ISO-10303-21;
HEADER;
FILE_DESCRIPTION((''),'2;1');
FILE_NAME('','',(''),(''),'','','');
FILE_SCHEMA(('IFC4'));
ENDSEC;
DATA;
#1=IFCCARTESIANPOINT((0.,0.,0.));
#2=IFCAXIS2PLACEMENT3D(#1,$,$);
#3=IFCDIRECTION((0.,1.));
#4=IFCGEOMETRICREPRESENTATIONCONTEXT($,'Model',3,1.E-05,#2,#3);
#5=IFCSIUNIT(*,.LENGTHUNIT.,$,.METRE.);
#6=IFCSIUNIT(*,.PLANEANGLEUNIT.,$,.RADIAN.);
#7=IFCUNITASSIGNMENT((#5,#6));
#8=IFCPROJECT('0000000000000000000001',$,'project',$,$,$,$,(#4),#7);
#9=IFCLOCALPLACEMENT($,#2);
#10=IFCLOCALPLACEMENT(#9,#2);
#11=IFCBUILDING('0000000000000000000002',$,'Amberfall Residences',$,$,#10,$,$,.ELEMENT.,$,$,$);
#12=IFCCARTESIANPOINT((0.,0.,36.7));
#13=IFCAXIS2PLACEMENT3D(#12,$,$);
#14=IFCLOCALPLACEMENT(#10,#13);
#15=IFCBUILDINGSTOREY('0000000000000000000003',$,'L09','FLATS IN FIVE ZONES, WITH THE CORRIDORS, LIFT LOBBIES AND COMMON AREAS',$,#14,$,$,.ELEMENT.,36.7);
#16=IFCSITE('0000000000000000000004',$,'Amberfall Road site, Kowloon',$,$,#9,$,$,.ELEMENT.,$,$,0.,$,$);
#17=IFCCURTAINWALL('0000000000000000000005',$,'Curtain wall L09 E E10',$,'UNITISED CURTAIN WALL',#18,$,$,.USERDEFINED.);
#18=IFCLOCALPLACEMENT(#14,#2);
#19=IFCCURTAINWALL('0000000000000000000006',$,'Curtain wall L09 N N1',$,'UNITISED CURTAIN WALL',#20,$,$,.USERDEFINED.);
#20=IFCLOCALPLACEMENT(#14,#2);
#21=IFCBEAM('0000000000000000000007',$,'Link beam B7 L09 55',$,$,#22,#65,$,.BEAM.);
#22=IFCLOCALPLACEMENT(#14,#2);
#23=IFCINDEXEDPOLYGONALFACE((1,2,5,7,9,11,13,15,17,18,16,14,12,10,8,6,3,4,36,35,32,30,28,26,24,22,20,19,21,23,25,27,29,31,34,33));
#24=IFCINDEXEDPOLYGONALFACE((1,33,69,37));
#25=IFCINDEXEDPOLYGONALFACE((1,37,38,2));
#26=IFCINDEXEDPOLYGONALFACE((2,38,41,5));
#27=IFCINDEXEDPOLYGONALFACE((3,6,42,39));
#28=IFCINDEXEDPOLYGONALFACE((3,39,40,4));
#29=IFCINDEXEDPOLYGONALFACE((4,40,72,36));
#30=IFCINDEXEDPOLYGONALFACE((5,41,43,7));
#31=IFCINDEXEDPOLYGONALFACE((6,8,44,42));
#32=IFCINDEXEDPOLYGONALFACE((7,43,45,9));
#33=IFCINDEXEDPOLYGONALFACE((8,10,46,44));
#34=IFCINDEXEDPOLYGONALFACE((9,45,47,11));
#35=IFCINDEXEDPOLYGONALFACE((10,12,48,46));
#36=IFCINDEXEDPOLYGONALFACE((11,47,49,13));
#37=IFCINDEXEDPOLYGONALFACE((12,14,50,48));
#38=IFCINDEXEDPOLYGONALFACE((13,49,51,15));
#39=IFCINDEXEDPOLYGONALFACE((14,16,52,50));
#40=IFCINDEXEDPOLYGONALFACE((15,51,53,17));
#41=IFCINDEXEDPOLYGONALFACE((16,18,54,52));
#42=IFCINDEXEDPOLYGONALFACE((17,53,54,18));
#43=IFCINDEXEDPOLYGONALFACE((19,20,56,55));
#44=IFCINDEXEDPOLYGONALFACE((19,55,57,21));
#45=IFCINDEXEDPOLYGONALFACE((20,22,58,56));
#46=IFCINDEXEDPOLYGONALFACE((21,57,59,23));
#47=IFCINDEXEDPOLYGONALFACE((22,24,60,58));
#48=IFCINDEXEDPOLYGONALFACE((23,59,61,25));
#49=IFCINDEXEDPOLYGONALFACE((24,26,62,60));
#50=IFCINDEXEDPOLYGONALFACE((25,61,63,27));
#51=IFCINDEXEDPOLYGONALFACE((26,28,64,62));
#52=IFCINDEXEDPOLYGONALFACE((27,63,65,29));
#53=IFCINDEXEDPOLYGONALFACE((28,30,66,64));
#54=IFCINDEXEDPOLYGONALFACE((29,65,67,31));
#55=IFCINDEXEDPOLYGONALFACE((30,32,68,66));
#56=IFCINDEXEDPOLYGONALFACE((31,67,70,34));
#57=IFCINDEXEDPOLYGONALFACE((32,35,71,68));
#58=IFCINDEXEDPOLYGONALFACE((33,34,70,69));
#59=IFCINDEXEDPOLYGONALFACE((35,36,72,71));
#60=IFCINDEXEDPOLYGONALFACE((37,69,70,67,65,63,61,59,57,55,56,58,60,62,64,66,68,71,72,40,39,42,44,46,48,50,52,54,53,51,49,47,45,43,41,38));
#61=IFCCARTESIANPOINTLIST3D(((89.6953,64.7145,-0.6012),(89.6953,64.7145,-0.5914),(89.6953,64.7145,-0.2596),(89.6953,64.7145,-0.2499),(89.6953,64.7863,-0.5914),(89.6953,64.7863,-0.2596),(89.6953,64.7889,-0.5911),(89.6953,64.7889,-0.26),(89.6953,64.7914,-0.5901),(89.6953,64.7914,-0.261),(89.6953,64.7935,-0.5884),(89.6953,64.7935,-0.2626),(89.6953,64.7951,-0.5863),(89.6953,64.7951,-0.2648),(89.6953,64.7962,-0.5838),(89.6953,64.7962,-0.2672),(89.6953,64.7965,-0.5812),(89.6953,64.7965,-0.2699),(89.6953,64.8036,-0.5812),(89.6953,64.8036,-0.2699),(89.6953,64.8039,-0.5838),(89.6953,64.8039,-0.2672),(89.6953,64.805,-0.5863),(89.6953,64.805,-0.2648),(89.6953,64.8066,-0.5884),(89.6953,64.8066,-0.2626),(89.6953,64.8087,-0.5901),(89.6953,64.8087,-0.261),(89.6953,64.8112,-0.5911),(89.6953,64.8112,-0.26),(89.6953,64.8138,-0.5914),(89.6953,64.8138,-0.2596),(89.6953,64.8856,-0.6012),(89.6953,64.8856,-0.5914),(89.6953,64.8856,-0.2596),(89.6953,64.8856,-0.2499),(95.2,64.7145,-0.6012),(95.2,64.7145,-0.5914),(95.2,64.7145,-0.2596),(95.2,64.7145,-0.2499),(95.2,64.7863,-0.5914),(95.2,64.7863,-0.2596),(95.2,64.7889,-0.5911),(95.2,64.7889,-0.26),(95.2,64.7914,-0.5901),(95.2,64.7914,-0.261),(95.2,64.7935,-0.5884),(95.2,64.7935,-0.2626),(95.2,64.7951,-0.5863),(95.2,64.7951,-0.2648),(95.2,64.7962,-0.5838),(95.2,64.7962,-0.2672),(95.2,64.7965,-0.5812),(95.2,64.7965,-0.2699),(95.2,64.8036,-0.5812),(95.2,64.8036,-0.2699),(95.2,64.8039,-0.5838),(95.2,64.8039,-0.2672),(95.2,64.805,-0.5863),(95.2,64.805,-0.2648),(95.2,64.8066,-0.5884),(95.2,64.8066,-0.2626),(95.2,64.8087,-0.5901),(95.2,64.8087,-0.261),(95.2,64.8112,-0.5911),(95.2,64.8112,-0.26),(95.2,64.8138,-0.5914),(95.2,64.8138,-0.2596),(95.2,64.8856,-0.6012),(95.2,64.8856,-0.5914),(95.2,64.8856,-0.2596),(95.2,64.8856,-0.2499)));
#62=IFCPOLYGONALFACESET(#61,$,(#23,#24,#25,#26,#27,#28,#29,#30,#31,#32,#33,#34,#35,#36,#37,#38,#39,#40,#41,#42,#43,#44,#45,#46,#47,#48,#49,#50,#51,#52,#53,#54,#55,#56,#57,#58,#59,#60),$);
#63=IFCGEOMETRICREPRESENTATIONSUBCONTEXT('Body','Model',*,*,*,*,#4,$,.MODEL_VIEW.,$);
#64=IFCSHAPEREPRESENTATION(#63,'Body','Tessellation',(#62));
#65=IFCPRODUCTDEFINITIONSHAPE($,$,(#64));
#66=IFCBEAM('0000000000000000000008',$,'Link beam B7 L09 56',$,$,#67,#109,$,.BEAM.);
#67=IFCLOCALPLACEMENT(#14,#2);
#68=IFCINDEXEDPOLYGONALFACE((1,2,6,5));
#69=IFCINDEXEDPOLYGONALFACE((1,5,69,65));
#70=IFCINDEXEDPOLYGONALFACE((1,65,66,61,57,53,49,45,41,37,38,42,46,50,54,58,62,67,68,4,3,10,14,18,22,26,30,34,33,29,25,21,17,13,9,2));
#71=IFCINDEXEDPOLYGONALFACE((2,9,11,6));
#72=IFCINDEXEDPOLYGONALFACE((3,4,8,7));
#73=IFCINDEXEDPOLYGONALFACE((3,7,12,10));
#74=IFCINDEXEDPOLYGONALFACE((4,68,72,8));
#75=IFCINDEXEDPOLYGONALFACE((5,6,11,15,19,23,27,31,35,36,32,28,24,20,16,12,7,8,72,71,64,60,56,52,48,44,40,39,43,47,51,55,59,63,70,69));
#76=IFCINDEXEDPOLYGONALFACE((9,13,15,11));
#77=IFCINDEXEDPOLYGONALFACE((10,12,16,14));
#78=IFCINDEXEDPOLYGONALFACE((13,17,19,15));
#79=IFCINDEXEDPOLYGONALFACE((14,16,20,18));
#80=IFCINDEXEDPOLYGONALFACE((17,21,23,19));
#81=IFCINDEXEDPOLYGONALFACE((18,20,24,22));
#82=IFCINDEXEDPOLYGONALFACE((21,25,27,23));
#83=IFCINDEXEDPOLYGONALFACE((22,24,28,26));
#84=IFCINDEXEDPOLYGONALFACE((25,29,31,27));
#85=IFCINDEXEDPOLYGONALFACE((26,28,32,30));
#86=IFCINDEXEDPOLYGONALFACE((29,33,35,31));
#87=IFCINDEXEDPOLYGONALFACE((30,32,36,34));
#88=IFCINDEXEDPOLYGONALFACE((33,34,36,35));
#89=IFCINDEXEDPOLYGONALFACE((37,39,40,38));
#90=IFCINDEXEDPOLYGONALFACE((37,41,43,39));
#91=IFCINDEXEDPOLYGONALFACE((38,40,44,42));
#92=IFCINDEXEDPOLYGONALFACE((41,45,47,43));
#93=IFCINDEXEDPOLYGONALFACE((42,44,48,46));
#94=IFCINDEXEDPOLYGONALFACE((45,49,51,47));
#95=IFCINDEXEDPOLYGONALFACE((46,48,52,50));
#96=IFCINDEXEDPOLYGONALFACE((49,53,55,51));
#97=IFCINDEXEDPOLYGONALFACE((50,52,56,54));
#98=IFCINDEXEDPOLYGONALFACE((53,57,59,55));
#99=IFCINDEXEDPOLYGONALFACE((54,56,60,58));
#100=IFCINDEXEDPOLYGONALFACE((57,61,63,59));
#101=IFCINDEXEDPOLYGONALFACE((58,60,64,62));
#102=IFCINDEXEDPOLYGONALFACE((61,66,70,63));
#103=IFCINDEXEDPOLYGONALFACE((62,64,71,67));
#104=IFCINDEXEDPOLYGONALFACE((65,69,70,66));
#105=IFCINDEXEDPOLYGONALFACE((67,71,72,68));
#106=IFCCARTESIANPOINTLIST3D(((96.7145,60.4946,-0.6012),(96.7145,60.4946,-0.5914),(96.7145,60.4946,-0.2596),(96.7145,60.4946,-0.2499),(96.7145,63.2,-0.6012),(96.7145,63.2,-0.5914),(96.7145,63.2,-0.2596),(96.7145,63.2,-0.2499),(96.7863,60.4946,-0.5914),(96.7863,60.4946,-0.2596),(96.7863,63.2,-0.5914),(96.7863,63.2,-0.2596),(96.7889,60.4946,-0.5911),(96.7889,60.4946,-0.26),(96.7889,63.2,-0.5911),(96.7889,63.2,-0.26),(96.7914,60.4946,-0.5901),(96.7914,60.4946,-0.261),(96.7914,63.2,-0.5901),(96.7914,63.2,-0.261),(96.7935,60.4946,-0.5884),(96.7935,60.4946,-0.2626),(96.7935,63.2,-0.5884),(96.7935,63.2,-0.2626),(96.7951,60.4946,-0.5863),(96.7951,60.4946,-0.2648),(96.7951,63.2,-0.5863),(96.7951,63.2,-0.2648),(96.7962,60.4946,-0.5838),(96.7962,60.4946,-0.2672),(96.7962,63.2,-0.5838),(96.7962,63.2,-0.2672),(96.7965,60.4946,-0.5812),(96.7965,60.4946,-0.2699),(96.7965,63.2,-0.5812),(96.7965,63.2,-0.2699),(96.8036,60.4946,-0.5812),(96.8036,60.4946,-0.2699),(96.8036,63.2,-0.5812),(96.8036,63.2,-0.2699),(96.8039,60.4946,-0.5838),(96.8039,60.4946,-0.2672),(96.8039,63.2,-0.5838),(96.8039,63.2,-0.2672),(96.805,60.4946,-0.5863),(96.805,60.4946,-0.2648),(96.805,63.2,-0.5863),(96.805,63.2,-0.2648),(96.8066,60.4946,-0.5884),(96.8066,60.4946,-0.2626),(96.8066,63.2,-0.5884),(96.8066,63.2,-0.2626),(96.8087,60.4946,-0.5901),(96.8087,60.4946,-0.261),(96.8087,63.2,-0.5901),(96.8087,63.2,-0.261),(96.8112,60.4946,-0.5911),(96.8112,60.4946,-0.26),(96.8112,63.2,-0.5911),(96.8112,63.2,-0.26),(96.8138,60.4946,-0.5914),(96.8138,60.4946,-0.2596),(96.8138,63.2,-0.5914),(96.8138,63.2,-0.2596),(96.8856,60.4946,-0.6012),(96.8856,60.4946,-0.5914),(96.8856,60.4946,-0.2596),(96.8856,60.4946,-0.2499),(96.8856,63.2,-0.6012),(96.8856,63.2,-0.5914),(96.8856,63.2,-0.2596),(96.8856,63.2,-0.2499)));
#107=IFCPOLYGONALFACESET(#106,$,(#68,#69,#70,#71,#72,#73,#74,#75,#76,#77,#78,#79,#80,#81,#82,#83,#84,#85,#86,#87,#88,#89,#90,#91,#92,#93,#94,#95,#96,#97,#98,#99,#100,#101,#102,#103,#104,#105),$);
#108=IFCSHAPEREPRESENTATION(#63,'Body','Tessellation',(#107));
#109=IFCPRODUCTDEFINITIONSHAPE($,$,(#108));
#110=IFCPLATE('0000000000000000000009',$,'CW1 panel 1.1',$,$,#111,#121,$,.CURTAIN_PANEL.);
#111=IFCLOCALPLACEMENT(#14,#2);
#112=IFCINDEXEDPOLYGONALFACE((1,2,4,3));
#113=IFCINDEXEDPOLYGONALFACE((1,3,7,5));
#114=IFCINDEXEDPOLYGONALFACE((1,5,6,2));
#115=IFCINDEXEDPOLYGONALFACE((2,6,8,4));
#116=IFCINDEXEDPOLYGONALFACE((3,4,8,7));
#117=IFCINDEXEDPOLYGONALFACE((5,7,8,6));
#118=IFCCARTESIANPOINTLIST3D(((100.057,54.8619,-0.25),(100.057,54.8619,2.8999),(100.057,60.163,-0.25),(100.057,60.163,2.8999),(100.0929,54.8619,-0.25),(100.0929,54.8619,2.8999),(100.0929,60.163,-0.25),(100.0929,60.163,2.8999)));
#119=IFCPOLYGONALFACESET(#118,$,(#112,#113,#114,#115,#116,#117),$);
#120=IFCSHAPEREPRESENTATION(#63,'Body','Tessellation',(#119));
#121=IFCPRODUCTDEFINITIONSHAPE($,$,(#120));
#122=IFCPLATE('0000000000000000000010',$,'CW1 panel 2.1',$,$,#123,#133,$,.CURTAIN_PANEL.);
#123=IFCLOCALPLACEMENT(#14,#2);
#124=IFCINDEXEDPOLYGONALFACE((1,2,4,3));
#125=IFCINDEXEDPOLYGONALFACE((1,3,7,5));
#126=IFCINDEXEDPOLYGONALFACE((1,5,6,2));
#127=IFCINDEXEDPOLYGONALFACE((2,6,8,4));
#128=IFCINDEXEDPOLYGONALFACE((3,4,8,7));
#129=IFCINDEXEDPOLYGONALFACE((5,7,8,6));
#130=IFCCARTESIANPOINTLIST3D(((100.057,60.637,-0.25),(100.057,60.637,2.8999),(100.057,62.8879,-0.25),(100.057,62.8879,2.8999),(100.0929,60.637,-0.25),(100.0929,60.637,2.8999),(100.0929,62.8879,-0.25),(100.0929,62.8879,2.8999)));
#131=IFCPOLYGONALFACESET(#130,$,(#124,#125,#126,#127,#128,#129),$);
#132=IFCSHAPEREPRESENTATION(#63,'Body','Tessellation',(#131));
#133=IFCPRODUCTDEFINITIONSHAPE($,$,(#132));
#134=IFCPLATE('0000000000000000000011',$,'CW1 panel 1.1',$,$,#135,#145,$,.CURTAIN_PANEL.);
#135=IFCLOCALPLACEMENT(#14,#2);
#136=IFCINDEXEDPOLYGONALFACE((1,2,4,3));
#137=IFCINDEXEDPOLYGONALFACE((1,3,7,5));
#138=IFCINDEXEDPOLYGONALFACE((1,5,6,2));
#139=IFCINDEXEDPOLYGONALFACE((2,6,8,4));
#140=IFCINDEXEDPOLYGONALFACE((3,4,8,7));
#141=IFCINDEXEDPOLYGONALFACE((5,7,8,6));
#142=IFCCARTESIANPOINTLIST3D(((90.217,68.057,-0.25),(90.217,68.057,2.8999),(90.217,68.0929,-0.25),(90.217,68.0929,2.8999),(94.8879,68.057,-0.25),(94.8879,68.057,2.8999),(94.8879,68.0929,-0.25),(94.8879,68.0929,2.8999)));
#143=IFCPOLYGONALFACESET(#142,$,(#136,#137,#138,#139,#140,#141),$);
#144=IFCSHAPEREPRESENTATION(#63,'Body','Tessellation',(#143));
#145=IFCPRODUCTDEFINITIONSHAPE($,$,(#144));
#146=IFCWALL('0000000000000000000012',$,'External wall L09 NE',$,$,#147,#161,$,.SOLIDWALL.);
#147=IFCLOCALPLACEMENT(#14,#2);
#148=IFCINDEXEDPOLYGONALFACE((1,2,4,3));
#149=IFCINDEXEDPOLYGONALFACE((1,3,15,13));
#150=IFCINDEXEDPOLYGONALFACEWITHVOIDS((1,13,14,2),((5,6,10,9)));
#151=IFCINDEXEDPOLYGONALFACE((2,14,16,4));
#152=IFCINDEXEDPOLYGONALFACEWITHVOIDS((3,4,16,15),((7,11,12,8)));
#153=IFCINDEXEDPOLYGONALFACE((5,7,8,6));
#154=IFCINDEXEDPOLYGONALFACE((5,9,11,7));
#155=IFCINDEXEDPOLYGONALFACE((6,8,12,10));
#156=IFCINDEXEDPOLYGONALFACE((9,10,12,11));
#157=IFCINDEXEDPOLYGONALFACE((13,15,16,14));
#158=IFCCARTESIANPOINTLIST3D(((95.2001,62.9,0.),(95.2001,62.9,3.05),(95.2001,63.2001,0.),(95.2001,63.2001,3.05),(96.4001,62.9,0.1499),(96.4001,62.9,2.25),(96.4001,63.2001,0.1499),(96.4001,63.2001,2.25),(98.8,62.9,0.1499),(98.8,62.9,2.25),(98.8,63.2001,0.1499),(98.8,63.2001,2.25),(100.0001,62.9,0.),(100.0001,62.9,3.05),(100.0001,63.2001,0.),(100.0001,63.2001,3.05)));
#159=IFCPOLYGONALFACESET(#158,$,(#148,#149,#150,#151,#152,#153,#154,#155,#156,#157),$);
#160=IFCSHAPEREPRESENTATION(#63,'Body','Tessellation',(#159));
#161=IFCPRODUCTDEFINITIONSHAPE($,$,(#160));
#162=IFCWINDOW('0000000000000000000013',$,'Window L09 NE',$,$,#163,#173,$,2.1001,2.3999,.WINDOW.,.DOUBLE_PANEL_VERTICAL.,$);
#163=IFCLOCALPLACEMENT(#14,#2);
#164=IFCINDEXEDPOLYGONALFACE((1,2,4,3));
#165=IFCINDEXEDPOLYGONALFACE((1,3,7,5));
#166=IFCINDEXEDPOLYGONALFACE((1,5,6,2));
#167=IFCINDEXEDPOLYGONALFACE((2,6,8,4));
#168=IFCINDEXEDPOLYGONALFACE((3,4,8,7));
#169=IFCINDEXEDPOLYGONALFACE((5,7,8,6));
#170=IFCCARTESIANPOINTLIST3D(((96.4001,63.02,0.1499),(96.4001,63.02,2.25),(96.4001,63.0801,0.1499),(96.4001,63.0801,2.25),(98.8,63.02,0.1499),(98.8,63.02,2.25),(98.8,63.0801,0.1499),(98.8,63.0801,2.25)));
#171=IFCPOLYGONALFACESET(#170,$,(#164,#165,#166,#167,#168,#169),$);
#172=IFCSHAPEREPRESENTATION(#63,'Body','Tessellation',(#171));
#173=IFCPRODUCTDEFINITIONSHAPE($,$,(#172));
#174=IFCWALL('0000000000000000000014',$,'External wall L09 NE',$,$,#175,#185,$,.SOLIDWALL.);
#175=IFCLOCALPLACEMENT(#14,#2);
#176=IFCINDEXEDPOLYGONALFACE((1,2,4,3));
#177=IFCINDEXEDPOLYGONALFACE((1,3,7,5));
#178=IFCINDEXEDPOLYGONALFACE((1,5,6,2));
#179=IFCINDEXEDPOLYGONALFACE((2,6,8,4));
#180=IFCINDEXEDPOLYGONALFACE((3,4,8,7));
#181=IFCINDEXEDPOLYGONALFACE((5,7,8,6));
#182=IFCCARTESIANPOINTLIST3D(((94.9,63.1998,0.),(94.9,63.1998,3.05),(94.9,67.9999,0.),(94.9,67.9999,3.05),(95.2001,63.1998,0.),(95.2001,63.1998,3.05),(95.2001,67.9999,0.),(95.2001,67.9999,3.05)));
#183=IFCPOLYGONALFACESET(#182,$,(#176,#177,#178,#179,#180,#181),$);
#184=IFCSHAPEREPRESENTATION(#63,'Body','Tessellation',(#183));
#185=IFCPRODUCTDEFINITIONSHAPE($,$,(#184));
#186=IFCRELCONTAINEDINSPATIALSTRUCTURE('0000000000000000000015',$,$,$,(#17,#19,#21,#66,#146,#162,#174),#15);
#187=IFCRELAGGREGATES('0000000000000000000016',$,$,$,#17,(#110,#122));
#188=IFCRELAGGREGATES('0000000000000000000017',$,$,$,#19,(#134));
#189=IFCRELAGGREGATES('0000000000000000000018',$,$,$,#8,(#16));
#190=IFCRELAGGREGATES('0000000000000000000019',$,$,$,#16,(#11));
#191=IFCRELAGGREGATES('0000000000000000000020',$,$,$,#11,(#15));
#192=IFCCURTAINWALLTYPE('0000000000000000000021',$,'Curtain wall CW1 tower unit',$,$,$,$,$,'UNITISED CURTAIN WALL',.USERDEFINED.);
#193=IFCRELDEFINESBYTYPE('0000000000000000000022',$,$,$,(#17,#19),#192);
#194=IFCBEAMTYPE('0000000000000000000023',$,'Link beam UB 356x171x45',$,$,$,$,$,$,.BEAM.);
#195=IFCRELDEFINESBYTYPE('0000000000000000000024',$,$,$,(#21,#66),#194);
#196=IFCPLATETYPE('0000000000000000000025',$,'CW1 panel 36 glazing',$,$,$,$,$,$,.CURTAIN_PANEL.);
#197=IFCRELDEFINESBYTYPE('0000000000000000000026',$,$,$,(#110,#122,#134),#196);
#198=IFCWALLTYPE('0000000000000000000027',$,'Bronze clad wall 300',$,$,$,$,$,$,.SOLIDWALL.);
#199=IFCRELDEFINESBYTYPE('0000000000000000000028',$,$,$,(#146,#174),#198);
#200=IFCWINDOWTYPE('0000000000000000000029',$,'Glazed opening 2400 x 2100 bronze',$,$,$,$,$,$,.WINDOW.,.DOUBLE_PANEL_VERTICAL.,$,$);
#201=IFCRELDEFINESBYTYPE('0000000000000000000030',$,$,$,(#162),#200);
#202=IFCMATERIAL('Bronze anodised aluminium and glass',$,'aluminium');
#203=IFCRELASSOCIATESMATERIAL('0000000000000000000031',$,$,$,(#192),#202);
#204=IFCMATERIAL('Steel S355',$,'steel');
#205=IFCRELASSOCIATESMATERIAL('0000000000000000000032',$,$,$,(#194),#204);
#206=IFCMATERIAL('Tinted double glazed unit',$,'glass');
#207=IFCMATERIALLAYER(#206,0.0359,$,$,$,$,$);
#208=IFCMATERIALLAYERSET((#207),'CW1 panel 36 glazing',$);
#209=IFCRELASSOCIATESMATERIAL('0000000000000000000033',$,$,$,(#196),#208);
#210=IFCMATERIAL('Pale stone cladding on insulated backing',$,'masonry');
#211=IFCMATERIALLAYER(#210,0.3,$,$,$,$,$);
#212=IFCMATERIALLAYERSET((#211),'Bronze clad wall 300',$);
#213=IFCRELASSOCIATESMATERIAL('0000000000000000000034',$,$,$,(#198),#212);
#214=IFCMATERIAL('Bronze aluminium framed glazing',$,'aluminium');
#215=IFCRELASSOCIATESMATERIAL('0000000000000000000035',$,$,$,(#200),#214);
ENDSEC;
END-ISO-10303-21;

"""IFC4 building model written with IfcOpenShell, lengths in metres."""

from ifc_helpers import new_model, si_unit, direction, frame, frame_2d, origin, origin_2d, place, context, subcontext, project, spatial, rectangle, i_section, extrude, material, layer, layer_set, material_profile, profile_set, type_object, element, fill, aggregate, save


model = new_model("IFC4")

# Units and contexts
model_context = context("Model", 3, precision=1e-05, world=origin(), true_north=direction((0.0, 1.0)))
body_context = subcontext(model_context, "Body", "Model", "MODEL_VIEW")
ifc_project = project(units=[si_unit("LENGTHUNIT", "METRE"), si_unit("PLANEANGLEUNIT", "RADIAN")], contexts=[model_context])

# Site, building, storey
site_placement = place(None, origin())
site = spatial("IfcSite", under=ifc_project, at=site_placement, Name="Amberfall Road site, Kowloon", CompositionType="ELEMENT", RefElevation=0.0)
building_placement = place(site_placement, origin())
building = spatial("IfcBuilding", under=site, at=building_placement, Name="Amberfall Residences", CompositionType="ELEMENT")
storey_placement = place(building_placement, frame((0.0, 0.0, 36.7)))
storey = spatial("IfcBuildingStorey", under=building, at=storey_placement, Name="L09", Description="FLATS IN FIVE ZONES, WITH THE CORRIDORS, LIFT LOBBIES AND COMMON AREAS", CompositionType="ELEMENT", Elevation=36.7)

# Curtain walls
ifc_material_1 = material(Name="Bronze anodised aluminium and glass", Category="aluminium")
curtain_wall_type = type_object("IfcCurtainWallType", Name="Curtain wall CW1 tower unit", ElementType="UNITISED CURTAIN WALL", PredefinedType="USERDEFINED", material=ifc_material_1)
curtain_wall_1_placement = place(storey_placement, origin())
curtain_wall_1 = element("IfcCurtainWall", 1, at=curtain_wall_1_placement, inside=storey, type_object=curtain_wall_type, Name="Curtain wall L09 E E10", ObjectType="UNITISED CURTAIN WALL", PredefinedType="USERDEFINED")
curtain_wall_2_placement = place(storey_placement, origin())
curtain_wall_2 = element("IfcCurtainWall", 2, at=curtain_wall_2_placement, inside=storey, type_object=curtain_wall_type, Name="Curtain wall L09 N N1", ObjectType="UNITISED CURTAIN WALL", PredefinedType="USERDEFINED")

# Beams
ifc_material_2 = material(Name="Steel S355", Category="steel")
ifc_material_profile_1 = material_profile(ifc_material_2, i_section(OverallWidth=0.1711, OverallDepth=0.3513, WebThickness=0.0071, FlangeThickness=0.0098, FilletRadius=0.0103, at=origin_2d()), Name="UB 356x171x45")
ifc_profile_set_1 = profile_set([ifc_material_profile_1], Name="Steel S355")
beam_type_1 = type_object("IfcBeamType", Name="Link beam UB 356x171x45", PredefinedType="BEAM", material=ifc_profile_set_1)
beam_1_placement = place(storey_placement, frame((95.2, 64.8, -0.4255), z_axis=(-1.0, 0.0, 0.0), x_axis=(0.0, -1.0, 0.0)))
element("IfcBeam", 3, at=beam_1_placement, inside=storey, type_object=beam_type_1, Name="Link beam B7 L09 55", PredefinedType="BEAM", context=body_context, shape_type="SweptSolid", body=[
    extrude(i_section(OverallWidth=0.1711, OverallDepth=0.3513, WebThickness=0.0071, FlangeThickness=0.0098, FilletRadius=0.0103, at=origin_2d()), origin(), (0.0, 0.0, 1.0), 5.5046),
])
beam_2_placement = place(storey_placement, frame((96.8, 63.2, -0.4255), z_axis=(0.0, -1.0, 0.0), x_axis=(1.0, 0.0, 0.0)))
element("IfcBeam", 4, at=beam_2_placement, inside=storey, type_object=beam_type_1, Name="Link beam B7 L09 56", PredefinedType="BEAM", context=body_context, shape_type="SweptSolid", body=[
    extrude(i_section(OverallWidth=0.1711, OverallDepth=0.3513, WebThickness=0.0071, FlangeThickness=0.0098, FilletRadius=0.0103, at=origin_2d()), origin(), (0.0, 0.0, 1.0), 2.7053),
])

# Plates
ifc_material_3 = material(Name="Tinted double glazed unit", Category="glass")
ifc_layer_1 = layer(ifc_material_3, 0.0359)
ifc_layer_set_1 = layer_set([ifc_layer_1], Name="CW1 panel 36 glazing")
plate_type = type_object("IfcPlateType", Name="CW1 panel 36 glazing", PredefinedType="CURTAIN_PANEL", material=ifc_layer_set_1)
plate_1_placement = place(storey_placement, frame((100.075, 57.5125, -0.25), z_axis=(0.0, 0.0, 1.0), x_axis=(0.0, 1.0, 0.0)))
plate_1 = element("IfcPlate", 5, at=plate_1_placement, type_object=plate_type, Name="CW1 panel 1.1", PredefinedType="CURTAIN_PANEL", context=body_context, shape_type="SweptSolid", body=[
    extrude(rectangle(XDim=5.301, YDim=0.0359, at=origin_2d()), origin(), (0.0, 0.0, 1.0), 3.1499),
])
plate_2_placement = place(storey_placement, frame((100.075, 61.7625, -0.25), z_axis=(0.0, 0.0, 1.0), x_axis=(0.0, 1.0, 0.0)))
plate_2 = element("IfcPlate", 6, at=plate_2_placement, type_object=plate_type, Name="CW1 panel 2.1", PredefinedType="CURTAIN_PANEL", context=body_context, shape_type="SweptSolid", body=[
    extrude(rectangle(XDim=2.251, YDim=0.0359, at=origin_2d()), origin(), (0.0, 0.0, 1.0), 3.1499),
])
aggregate(curtain_wall_1, [plate_1, plate_2])
plate_3_placement = place(storey_placement, frame((92.5525, 68.075, -0.25), z_axis=(0.0, 0.0, 1.0), x_axis=(-1.0, 0.0, 0.0)))
plate_3 = element("IfcPlate", 7, at=plate_3_placement, type_object=plate_type, Name="CW1 panel 1.1", PredefinedType="CURTAIN_PANEL", context=body_context, shape_type="SweptSolid", body=[
    extrude(rectangle(XDim=4.6709, YDim=0.0359, at=origin_2d()), origin(), (0.0, 0.0, 1.0), 3.1499),
])
aggregate(curtain_wall_2, [plate_3])

# Wall, opening, window
ifc_material_4 = material(Name="Pale stone cladding on insulated backing", Category="masonry")
ifc_layer_2 = layer(ifc_material_4, 0.3)
ifc_layer_set_2 = layer_set([ifc_layer_2], Name="Bronze clad wall 300")
wall_type_1 = type_object("IfcWallType", Name="Bronze clad wall 300", PredefinedType="SOLIDWALL", material=ifc_layer_set_2)
wall_1_placement = place(storey_placement, frame((100.0, 63.05, 0.0), z_axis=(0.0, 0.0, 1.0), x_axis=(-1.0, 0.0, 0.0)))
wall_1 = element("IfcWall", 8, at=wall_1_placement, inside=storey, type_object=wall_type_1, Name="External wall L09 NE", PredefinedType="SOLIDWALL", context=body_context, shape_type="SweptSolid", body=[
    extrude(rectangle(XDim=4.8, YDim=0.3, at=frame_2d((2.3999, 0.0))), origin(), (0.0, 0.0, 1.0), 3.05),
])
opening_1_placement = place(wall_1_placement, frame((1.2, 0.0, 0.1499)))
opening_1 = element("IfcOpeningElement", 9, at=opening_1_placement, cuts=wall_1, PredefinedType="OPENING", context=body_context, shape_type="SweptSolid", body=[
    extrude(rectangle(XDim=2.3999, YDim=2.1001, at=frame_2d((1.2, 1.05))), frame((0.0, 0.1599, 0.0), z_axis=(0.0, -1.0, 0.0), x_axis=(1.0, 0.0, 0.0)), (0.0, 0.0, 1.0), 0.3201),
])
ifc_material_5 = material(Name="Bronze aluminium framed glazing", Category="aluminium")
window_type = type_object("IfcWindowType", Name="Glazed opening 2400 x 2100 bronze", PartitioningType="DOUBLE_PANEL_VERTICAL", PredefinedType="WINDOW", material=ifc_material_5)
window_placement = place(opening_1_placement, origin())
window = element("IfcWindow", 10, at=window_placement, inside=storey, type_object=window_type, Name="Window L09 NE", OverallHeight=2.1001, OverallWidth=2.3999, PartitioningType="DOUBLE_PANEL_VERTICAL", PredefinedType="WINDOW", context=body_context, shape_type="SweptSolid", body=[
    extrude(rectangle(XDim=2.3999, YDim=2.1001, at=frame_2d((1.2, 1.05))), frame((0.0, 0.03, 0.0), z_axis=(0.0, -1.0, 0.0), x_axis=(1.0, 0.0, 0.0)), (0.0, 0.0, 1.0), 0.0601),
])
fill(opening_1, window)

# Wall
wall_2_placement = place(storey_placement, frame((95.05, 63.2, 0.0), z_axis=(0.0, 0.0, 1.0), x_axis=(0.0, 1.0, 0.0)))
element("IfcWall", 11, at=wall_2_placement, inside=storey, type_object=wall_type_1, Name="External wall L09 NE", PredefinedType="SOLIDWALL", context=body_context, shape_type="SweptSolid", body=[
    extrude(rectangle(XDim=4.8, YDim=0.3, at=frame_2d((2.3999, 0.0))), origin(), (0.0, 0.0, 1.0), 3.05),
])

save(model, "model.ifc")
